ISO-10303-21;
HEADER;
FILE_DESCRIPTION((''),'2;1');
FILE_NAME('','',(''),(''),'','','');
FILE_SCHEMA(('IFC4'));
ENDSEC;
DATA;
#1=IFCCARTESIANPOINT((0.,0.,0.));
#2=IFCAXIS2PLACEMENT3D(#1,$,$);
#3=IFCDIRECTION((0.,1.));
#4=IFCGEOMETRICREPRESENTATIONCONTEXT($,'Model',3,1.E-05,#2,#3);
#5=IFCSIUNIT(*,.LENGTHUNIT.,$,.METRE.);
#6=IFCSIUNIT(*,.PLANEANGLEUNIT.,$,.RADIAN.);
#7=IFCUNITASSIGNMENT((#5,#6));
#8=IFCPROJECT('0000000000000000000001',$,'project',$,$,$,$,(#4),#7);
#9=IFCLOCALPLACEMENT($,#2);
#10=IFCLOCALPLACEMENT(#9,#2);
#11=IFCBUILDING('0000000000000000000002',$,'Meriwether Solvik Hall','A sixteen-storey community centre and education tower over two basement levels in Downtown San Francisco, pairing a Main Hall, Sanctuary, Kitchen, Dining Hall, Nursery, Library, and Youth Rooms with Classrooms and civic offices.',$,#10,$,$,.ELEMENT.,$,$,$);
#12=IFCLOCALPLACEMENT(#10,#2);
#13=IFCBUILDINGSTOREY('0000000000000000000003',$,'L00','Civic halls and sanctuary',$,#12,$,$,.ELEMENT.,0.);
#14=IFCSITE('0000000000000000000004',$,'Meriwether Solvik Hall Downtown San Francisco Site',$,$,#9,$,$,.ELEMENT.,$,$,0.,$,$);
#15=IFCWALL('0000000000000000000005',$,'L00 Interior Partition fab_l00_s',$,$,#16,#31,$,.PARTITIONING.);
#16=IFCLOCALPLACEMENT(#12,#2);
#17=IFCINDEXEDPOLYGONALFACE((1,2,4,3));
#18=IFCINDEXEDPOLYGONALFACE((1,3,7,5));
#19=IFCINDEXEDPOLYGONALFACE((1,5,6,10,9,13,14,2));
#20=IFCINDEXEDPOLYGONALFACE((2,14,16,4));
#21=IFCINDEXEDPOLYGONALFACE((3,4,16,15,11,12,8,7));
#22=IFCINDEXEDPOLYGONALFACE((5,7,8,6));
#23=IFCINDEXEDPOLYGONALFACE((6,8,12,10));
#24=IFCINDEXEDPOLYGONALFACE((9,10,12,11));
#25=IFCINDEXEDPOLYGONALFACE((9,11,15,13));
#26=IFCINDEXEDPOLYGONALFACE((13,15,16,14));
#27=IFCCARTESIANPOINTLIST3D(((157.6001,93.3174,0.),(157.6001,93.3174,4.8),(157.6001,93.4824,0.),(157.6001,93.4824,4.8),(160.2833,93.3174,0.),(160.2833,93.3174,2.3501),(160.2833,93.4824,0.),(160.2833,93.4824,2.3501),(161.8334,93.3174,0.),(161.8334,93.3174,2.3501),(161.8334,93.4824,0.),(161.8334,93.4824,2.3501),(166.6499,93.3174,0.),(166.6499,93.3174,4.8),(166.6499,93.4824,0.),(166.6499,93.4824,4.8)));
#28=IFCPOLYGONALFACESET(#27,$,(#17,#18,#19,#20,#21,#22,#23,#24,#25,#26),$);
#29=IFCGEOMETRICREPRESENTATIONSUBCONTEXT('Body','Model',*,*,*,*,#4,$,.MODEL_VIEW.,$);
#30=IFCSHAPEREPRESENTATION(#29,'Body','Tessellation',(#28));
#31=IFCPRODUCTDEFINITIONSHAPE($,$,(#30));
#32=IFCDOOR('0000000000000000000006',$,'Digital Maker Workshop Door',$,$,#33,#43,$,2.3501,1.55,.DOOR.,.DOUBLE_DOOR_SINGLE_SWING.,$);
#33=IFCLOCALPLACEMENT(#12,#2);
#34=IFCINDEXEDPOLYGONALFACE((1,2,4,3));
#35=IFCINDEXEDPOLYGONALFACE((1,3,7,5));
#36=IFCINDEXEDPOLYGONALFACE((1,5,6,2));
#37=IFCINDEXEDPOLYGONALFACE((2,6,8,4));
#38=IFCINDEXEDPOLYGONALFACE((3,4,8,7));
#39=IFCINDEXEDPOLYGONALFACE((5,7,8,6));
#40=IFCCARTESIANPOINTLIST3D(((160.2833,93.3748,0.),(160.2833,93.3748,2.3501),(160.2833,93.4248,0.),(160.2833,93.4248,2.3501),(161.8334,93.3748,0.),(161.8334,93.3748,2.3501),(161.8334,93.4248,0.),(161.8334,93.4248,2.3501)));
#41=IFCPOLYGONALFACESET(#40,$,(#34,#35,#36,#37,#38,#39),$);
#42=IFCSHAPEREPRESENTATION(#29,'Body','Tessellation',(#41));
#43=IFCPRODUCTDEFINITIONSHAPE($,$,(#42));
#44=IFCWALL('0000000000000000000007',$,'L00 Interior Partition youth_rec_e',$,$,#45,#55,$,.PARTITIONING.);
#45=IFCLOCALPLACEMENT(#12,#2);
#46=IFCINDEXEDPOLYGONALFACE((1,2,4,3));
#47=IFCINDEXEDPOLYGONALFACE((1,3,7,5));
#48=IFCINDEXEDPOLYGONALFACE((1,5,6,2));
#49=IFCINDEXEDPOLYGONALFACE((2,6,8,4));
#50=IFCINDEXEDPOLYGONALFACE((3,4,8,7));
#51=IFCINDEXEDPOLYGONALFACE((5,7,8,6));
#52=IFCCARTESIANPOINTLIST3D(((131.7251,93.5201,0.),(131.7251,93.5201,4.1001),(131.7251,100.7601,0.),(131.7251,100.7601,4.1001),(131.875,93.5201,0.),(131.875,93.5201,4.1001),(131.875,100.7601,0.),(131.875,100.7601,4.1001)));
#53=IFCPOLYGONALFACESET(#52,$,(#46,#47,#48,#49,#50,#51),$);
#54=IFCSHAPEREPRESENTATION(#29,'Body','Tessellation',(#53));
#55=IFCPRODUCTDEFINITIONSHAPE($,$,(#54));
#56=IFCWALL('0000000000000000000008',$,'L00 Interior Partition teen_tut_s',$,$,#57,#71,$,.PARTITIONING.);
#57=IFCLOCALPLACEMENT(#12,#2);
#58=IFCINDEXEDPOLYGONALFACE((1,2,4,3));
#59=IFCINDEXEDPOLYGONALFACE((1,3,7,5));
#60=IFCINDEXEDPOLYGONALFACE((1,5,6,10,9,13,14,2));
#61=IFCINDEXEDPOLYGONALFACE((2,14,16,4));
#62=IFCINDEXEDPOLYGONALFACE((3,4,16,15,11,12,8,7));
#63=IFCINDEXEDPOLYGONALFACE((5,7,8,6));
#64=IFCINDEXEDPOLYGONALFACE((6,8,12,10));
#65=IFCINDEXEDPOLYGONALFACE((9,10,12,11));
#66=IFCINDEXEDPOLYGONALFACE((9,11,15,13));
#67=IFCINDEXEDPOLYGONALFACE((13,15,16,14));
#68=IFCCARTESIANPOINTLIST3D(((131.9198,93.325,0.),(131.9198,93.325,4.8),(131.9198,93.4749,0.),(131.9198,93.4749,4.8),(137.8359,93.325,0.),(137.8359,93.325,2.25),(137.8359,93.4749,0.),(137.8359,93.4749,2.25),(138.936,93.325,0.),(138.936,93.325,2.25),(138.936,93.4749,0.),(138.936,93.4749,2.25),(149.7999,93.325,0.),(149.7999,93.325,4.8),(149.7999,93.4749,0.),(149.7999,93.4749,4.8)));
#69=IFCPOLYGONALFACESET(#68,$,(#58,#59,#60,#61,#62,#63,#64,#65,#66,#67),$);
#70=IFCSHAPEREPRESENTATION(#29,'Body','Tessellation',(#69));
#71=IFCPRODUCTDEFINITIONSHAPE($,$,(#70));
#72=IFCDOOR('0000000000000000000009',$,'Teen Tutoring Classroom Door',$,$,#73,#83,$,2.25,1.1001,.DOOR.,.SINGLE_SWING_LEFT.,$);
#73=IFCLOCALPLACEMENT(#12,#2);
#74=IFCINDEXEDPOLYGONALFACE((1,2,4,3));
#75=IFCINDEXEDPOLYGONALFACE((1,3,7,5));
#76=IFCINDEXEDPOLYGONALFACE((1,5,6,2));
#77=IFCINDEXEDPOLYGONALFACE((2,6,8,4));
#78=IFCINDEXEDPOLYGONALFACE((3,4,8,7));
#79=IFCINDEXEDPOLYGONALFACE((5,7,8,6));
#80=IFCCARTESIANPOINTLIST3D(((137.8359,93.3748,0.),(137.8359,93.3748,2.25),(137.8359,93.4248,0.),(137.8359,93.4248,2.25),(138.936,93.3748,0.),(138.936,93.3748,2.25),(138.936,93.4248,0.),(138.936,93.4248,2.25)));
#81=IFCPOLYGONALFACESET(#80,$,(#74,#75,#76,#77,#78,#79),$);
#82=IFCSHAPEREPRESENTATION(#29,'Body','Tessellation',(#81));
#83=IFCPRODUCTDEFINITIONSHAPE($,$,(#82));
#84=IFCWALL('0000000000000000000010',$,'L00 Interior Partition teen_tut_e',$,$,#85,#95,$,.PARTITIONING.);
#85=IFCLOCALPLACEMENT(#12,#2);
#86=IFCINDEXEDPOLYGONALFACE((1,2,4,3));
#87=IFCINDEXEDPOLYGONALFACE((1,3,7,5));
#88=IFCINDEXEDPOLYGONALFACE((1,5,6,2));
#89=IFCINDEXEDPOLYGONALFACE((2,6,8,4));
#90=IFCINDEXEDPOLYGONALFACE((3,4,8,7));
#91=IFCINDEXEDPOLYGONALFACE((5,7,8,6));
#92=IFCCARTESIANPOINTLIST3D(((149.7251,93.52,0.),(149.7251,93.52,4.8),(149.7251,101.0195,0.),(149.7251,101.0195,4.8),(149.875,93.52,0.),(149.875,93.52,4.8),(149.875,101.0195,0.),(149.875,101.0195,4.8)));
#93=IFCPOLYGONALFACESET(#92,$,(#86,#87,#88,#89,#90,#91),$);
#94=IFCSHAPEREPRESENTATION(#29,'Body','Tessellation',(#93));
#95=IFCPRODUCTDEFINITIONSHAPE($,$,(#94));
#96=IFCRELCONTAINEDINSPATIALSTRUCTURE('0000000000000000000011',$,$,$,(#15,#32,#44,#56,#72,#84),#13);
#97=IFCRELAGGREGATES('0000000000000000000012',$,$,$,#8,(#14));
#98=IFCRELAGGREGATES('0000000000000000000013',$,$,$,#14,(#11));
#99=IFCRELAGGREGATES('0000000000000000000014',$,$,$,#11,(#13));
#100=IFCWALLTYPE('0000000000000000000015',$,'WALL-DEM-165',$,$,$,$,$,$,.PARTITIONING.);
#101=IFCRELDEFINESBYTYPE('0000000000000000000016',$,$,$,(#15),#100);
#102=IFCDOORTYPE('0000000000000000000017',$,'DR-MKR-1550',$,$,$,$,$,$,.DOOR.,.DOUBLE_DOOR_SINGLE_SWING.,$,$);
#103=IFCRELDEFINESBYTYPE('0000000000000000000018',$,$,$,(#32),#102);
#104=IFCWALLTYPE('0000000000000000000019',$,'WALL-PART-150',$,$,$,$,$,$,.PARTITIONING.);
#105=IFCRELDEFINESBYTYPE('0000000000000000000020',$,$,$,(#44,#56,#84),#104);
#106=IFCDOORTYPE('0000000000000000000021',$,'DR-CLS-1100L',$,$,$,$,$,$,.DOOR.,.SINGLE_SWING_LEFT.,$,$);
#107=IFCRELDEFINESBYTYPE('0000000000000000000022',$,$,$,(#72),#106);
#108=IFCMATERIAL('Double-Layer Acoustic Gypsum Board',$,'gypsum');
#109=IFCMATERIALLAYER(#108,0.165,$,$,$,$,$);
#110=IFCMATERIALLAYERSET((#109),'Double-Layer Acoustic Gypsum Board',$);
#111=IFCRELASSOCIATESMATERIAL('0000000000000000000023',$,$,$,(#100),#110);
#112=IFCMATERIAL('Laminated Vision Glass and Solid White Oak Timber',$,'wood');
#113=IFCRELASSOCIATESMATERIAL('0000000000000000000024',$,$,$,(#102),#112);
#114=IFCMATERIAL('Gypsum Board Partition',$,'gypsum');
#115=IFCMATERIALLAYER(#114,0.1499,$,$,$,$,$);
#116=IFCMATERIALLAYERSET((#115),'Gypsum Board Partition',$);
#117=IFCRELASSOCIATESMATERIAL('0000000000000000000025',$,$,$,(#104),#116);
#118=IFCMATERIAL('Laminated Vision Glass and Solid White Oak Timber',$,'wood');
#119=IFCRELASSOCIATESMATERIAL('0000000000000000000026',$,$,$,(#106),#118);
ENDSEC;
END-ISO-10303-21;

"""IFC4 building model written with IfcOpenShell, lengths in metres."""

from ifc_helpers import new_model, si_unit, direction, frame, frame_2d, origin, place, context, subcontext, project, spatial, rectangle, extrude, material, layer, layer_set, type_object, element, fill, save


model = new_model("IFC4")

# Units and contexts
model_context = context("Model", 3, precision=1e-05, world=origin(), true_north=direction((0.0, 1.0)))
body_context = subcontext(model_context, "Body", "Model", "MODEL_VIEW")
ifc_project = project(units=[si_unit("LENGTHUNIT", "METRE"), si_unit("PLANEANGLEUNIT", "RADIAN")], contexts=[model_context])

# Site, building, storey
site_placement = place(None, origin())
site = spatial("IfcSite", under=ifc_project, at=site_placement, Name="Meriwether Solvik Hall Downtown San Francisco Site", CompositionType="ELEMENT", RefElevation=0.0)
building_placement = place(site_placement, origin())
building = spatial("IfcBuilding", under=site, at=building_placement, Name="Meriwether Solvik Hall", Description="A sixteen-storey community centre and education tower over two basement levels in Downtown San Francisco, pairing a Main Hall, Sanctuary, Kitchen, Dining Hall, Nursery, Library, and Youth Rooms with Classrooms and civic offices.", CompositionType="ELEMENT")
storey_placement = place(building_placement, origin())
storey = spatial("IfcBuildingStorey", under=building, at=storey_placement, Name="L00", Description="Civic halls and sanctuary", CompositionType="ELEMENT", Elevation=0.0)

# Wall, opening, door
ifc_material_1 = material(Name="Double-Layer Acoustic Gypsum Board", Category="gypsum")
ifc_layer_1 = layer(ifc_material_1, 0.165)
ifc_layer_set_1 = layer_set([ifc_layer_1], Name="Double-Layer Acoustic Gypsum Board")
wall_type_1 = type_object("IfcWallType", Name="WALL-DEM-165", PredefinedType="PARTITIONING", material=ifc_layer_set_1)
wall_1_placement = place(storey_placement, frame((157.6001, 93.3999, 0.0), z_axis=(0.0, 0.0, 1.0), x_axis=(1.0, 0.0, 0.0)))
wall_1 = element("IfcWall", 1, at=wall_1_placement, inside=storey, type_object=wall_type_1, Name="L00 Interior Partition fab_l00_s", PredefinedType="PARTITIONING", context=body_context, shape_type="SweptSolid", body=[
    extrude(rectangle(XDim=9.0498, YDim=0.165, at=frame_2d((4.5249, 0.0))), origin(), (0.0, 0.0, 1.0), 4.8),
])
opening_1_placement = place(wall_1_placement, frame((2.6833, 0.0, 0.0)))
opening_1 = element("IfcOpeningElement", 2, at=opening_1_placement, cuts=wall_1, PredefinedType="OPENING", context=body_context, shape_type="SweptSolid", body=[
    extrude(rectangle(XDim=1.55, YDim=2.3501, at=frame_2d((0.7749, 1.175))), frame((0.0, 0.0945, 0.0), z_axis=(0.0, -1.0, 0.0), x_axis=(1.0, 0.0, 0.0)), (0.0, 0.0, 1.0), 0.189),
])
ifc_material_2 = material(Name="Laminated Vision Glass and Solid White Oak Timber", Category="wood")
door_type_1 = type_object("IfcDoorType", Name="DR-MKR-1550", OperationType="DOUBLE_DOOR_SINGLE_SWING", PredefinedType="DOOR", material=ifc_material_2)
door_1_placement = place(opening_1_placement, origin())
door_1 = element("IfcDoor", 3, at=door_1_placement, inside=storey, type_object=door_type_1, Name="Digital Maker Workshop Door", OperationType="DOUBLE_DOOR_SINGLE_SWING", OverallHeight=2.3501, OverallWidth=1.55, PredefinedType="DOOR", context=body_context, shape_type="SweptSolid", body=[
    extrude(rectangle(XDim=1.55, YDim=2.3501, at=frame_2d((0.7749, 1.175))), frame((0.0, 0.0249, 0.0), z_axis=(0.0, -1.0, 0.0), x_axis=(1.0, 0.0, 0.0)), (0.0, 0.0, 1.0), 0.05),
])
fill(opening_1, door_1)

# Wall
ifc_material_3 = material(Name="Gypsum Board Partition", Category="gypsum")
ifc_layer_2 = layer(ifc_material_3, 0.1499)
ifc_layer_set_2 = layer_set([ifc_layer_2], Name="Gypsum Board Partition")
wall_type_2 = type_object("IfcWallType", Name="WALL-PART-150", PredefinedType="PARTITIONING", material=ifc_layer_set_2)
wall_2_placement = place(storey_placement, frame((131.8, 93.52, 0.0), z_axis=(0.0, 0.0, 1.0), x_axis=(0.0, 1.0, 0.0)))
element("IfcWall", 4, at=wall_2_placement, inside=storey, type_object=wall_type_2, Name="L00 Interior Partition youth_rec_e", PredefinedType="PARTITIONING", context=body_context, shape_type="SweptSolid", body=[
    extrude(rectangle(XDim=7.24, YDim=0.1499, at=frame_2d((3.6201, 0.0))), origin(), (0.0, 0.0, 1.0), 4.1001),
])

# Wall, opening, door
wall_3_placement = place(storey_placement, frame((131.9199, 93.3999, 0.0), z_axis=(0.0, 0.0, 1.0), x_axis=(1.0, 0.0, 0.0)))
wall_3 = element("IfcWall", 5, at=wall_3_placement, inside=storey, type_object=wall_type_2, Name="L00 Interior Partition teen_tut_s", PredefinedType="PARTITIONING", context=body_context, shape_type="SweptSolid", body=[
    extrude(rectangle(XDim=17.8801, YDim=0.1499, at=frame_2d((8.9399, 0.0))), origin(), (0.0, 0.0, 1.0), 4.8),
])
opening_2_placement = place(wall_3_placement, frame((5.916, 0.0, 0.0)))
opening_2 = element("IfcOpeningElement", 6, at=opening_2_placement, cuts=wall_3, PredefinedType="OPENING", context=body_context, shape_type="SweptSolid", body=[
    extrude(rectangle(XDim=1.1001, YDim=2.25, at=frame_2d((0.55, 1.125))), frame((0.0, 0.0869, 0.0), z_axis=(0.0, -1.0, 0.0), x_axis=(1.0, 0.0, 0.0)), (0.0, 0.0, 1.0), 0.1738),
])
ifc_material_4 = material(Name="Laminated Vision Glass and Solid White Oak Timber", Category="wood")
door_type_2 = type_object("IfcDoorType", Name="DR-CLS-1100L", OperationType="SINGLE_SWING_LEFT", PredefinedType="DOOR", material=ifc_material_4)
door_2_placement = place(opening_2_placement, origin())
door_2 = element("IfcDoor", 7, at=door_2_placement, inside=storey, type_object=door_type_2, Name="Teen Tutoring Classroom Door", OperationType="SINGLE_SWING_LEFT", OverallHeight=2.25, OverallWidth=1.1001, PredefinedType="DOOR", context=body_context, shape_type="SweptSolid", body=[
    extrude(rectangle(XDim=1.1001, YDim=2.25, at=frame_2d((0.55, 1.125))), frame((0.0, 0.0249, 0.0), z_axis=(0.0, -1.0, 0.0), x_axis=(1.0, 0.0, 0.0)), (0.0, 0.0, 1.0), 0.05),
])
fill(opening_2, door_2)

# Wall
wall_4_placement = place(storey_placement, frame((149.8, 93.52, 0.0), z_axis=(0.0, 0.0, 1.0), x_axis=(0.0, 1.0, 0.0)))
element("IfcWall", 8, at=wall_4_placement, inside=storey, type_object=wall_type_2, Name="L00 Interior Partition teen_tut_e", PredefinedType="PARTITIONING", context=body_context, shape_type="SweptSolid", body=[
    extrude(rectangle(XDim=7.4995, YDim=0.1499, at=frame_2d((3.7498, 0.0))), origin(), (0.0, 0.0, 1.0), 4.8),
])

save(model, "model.ifc")
